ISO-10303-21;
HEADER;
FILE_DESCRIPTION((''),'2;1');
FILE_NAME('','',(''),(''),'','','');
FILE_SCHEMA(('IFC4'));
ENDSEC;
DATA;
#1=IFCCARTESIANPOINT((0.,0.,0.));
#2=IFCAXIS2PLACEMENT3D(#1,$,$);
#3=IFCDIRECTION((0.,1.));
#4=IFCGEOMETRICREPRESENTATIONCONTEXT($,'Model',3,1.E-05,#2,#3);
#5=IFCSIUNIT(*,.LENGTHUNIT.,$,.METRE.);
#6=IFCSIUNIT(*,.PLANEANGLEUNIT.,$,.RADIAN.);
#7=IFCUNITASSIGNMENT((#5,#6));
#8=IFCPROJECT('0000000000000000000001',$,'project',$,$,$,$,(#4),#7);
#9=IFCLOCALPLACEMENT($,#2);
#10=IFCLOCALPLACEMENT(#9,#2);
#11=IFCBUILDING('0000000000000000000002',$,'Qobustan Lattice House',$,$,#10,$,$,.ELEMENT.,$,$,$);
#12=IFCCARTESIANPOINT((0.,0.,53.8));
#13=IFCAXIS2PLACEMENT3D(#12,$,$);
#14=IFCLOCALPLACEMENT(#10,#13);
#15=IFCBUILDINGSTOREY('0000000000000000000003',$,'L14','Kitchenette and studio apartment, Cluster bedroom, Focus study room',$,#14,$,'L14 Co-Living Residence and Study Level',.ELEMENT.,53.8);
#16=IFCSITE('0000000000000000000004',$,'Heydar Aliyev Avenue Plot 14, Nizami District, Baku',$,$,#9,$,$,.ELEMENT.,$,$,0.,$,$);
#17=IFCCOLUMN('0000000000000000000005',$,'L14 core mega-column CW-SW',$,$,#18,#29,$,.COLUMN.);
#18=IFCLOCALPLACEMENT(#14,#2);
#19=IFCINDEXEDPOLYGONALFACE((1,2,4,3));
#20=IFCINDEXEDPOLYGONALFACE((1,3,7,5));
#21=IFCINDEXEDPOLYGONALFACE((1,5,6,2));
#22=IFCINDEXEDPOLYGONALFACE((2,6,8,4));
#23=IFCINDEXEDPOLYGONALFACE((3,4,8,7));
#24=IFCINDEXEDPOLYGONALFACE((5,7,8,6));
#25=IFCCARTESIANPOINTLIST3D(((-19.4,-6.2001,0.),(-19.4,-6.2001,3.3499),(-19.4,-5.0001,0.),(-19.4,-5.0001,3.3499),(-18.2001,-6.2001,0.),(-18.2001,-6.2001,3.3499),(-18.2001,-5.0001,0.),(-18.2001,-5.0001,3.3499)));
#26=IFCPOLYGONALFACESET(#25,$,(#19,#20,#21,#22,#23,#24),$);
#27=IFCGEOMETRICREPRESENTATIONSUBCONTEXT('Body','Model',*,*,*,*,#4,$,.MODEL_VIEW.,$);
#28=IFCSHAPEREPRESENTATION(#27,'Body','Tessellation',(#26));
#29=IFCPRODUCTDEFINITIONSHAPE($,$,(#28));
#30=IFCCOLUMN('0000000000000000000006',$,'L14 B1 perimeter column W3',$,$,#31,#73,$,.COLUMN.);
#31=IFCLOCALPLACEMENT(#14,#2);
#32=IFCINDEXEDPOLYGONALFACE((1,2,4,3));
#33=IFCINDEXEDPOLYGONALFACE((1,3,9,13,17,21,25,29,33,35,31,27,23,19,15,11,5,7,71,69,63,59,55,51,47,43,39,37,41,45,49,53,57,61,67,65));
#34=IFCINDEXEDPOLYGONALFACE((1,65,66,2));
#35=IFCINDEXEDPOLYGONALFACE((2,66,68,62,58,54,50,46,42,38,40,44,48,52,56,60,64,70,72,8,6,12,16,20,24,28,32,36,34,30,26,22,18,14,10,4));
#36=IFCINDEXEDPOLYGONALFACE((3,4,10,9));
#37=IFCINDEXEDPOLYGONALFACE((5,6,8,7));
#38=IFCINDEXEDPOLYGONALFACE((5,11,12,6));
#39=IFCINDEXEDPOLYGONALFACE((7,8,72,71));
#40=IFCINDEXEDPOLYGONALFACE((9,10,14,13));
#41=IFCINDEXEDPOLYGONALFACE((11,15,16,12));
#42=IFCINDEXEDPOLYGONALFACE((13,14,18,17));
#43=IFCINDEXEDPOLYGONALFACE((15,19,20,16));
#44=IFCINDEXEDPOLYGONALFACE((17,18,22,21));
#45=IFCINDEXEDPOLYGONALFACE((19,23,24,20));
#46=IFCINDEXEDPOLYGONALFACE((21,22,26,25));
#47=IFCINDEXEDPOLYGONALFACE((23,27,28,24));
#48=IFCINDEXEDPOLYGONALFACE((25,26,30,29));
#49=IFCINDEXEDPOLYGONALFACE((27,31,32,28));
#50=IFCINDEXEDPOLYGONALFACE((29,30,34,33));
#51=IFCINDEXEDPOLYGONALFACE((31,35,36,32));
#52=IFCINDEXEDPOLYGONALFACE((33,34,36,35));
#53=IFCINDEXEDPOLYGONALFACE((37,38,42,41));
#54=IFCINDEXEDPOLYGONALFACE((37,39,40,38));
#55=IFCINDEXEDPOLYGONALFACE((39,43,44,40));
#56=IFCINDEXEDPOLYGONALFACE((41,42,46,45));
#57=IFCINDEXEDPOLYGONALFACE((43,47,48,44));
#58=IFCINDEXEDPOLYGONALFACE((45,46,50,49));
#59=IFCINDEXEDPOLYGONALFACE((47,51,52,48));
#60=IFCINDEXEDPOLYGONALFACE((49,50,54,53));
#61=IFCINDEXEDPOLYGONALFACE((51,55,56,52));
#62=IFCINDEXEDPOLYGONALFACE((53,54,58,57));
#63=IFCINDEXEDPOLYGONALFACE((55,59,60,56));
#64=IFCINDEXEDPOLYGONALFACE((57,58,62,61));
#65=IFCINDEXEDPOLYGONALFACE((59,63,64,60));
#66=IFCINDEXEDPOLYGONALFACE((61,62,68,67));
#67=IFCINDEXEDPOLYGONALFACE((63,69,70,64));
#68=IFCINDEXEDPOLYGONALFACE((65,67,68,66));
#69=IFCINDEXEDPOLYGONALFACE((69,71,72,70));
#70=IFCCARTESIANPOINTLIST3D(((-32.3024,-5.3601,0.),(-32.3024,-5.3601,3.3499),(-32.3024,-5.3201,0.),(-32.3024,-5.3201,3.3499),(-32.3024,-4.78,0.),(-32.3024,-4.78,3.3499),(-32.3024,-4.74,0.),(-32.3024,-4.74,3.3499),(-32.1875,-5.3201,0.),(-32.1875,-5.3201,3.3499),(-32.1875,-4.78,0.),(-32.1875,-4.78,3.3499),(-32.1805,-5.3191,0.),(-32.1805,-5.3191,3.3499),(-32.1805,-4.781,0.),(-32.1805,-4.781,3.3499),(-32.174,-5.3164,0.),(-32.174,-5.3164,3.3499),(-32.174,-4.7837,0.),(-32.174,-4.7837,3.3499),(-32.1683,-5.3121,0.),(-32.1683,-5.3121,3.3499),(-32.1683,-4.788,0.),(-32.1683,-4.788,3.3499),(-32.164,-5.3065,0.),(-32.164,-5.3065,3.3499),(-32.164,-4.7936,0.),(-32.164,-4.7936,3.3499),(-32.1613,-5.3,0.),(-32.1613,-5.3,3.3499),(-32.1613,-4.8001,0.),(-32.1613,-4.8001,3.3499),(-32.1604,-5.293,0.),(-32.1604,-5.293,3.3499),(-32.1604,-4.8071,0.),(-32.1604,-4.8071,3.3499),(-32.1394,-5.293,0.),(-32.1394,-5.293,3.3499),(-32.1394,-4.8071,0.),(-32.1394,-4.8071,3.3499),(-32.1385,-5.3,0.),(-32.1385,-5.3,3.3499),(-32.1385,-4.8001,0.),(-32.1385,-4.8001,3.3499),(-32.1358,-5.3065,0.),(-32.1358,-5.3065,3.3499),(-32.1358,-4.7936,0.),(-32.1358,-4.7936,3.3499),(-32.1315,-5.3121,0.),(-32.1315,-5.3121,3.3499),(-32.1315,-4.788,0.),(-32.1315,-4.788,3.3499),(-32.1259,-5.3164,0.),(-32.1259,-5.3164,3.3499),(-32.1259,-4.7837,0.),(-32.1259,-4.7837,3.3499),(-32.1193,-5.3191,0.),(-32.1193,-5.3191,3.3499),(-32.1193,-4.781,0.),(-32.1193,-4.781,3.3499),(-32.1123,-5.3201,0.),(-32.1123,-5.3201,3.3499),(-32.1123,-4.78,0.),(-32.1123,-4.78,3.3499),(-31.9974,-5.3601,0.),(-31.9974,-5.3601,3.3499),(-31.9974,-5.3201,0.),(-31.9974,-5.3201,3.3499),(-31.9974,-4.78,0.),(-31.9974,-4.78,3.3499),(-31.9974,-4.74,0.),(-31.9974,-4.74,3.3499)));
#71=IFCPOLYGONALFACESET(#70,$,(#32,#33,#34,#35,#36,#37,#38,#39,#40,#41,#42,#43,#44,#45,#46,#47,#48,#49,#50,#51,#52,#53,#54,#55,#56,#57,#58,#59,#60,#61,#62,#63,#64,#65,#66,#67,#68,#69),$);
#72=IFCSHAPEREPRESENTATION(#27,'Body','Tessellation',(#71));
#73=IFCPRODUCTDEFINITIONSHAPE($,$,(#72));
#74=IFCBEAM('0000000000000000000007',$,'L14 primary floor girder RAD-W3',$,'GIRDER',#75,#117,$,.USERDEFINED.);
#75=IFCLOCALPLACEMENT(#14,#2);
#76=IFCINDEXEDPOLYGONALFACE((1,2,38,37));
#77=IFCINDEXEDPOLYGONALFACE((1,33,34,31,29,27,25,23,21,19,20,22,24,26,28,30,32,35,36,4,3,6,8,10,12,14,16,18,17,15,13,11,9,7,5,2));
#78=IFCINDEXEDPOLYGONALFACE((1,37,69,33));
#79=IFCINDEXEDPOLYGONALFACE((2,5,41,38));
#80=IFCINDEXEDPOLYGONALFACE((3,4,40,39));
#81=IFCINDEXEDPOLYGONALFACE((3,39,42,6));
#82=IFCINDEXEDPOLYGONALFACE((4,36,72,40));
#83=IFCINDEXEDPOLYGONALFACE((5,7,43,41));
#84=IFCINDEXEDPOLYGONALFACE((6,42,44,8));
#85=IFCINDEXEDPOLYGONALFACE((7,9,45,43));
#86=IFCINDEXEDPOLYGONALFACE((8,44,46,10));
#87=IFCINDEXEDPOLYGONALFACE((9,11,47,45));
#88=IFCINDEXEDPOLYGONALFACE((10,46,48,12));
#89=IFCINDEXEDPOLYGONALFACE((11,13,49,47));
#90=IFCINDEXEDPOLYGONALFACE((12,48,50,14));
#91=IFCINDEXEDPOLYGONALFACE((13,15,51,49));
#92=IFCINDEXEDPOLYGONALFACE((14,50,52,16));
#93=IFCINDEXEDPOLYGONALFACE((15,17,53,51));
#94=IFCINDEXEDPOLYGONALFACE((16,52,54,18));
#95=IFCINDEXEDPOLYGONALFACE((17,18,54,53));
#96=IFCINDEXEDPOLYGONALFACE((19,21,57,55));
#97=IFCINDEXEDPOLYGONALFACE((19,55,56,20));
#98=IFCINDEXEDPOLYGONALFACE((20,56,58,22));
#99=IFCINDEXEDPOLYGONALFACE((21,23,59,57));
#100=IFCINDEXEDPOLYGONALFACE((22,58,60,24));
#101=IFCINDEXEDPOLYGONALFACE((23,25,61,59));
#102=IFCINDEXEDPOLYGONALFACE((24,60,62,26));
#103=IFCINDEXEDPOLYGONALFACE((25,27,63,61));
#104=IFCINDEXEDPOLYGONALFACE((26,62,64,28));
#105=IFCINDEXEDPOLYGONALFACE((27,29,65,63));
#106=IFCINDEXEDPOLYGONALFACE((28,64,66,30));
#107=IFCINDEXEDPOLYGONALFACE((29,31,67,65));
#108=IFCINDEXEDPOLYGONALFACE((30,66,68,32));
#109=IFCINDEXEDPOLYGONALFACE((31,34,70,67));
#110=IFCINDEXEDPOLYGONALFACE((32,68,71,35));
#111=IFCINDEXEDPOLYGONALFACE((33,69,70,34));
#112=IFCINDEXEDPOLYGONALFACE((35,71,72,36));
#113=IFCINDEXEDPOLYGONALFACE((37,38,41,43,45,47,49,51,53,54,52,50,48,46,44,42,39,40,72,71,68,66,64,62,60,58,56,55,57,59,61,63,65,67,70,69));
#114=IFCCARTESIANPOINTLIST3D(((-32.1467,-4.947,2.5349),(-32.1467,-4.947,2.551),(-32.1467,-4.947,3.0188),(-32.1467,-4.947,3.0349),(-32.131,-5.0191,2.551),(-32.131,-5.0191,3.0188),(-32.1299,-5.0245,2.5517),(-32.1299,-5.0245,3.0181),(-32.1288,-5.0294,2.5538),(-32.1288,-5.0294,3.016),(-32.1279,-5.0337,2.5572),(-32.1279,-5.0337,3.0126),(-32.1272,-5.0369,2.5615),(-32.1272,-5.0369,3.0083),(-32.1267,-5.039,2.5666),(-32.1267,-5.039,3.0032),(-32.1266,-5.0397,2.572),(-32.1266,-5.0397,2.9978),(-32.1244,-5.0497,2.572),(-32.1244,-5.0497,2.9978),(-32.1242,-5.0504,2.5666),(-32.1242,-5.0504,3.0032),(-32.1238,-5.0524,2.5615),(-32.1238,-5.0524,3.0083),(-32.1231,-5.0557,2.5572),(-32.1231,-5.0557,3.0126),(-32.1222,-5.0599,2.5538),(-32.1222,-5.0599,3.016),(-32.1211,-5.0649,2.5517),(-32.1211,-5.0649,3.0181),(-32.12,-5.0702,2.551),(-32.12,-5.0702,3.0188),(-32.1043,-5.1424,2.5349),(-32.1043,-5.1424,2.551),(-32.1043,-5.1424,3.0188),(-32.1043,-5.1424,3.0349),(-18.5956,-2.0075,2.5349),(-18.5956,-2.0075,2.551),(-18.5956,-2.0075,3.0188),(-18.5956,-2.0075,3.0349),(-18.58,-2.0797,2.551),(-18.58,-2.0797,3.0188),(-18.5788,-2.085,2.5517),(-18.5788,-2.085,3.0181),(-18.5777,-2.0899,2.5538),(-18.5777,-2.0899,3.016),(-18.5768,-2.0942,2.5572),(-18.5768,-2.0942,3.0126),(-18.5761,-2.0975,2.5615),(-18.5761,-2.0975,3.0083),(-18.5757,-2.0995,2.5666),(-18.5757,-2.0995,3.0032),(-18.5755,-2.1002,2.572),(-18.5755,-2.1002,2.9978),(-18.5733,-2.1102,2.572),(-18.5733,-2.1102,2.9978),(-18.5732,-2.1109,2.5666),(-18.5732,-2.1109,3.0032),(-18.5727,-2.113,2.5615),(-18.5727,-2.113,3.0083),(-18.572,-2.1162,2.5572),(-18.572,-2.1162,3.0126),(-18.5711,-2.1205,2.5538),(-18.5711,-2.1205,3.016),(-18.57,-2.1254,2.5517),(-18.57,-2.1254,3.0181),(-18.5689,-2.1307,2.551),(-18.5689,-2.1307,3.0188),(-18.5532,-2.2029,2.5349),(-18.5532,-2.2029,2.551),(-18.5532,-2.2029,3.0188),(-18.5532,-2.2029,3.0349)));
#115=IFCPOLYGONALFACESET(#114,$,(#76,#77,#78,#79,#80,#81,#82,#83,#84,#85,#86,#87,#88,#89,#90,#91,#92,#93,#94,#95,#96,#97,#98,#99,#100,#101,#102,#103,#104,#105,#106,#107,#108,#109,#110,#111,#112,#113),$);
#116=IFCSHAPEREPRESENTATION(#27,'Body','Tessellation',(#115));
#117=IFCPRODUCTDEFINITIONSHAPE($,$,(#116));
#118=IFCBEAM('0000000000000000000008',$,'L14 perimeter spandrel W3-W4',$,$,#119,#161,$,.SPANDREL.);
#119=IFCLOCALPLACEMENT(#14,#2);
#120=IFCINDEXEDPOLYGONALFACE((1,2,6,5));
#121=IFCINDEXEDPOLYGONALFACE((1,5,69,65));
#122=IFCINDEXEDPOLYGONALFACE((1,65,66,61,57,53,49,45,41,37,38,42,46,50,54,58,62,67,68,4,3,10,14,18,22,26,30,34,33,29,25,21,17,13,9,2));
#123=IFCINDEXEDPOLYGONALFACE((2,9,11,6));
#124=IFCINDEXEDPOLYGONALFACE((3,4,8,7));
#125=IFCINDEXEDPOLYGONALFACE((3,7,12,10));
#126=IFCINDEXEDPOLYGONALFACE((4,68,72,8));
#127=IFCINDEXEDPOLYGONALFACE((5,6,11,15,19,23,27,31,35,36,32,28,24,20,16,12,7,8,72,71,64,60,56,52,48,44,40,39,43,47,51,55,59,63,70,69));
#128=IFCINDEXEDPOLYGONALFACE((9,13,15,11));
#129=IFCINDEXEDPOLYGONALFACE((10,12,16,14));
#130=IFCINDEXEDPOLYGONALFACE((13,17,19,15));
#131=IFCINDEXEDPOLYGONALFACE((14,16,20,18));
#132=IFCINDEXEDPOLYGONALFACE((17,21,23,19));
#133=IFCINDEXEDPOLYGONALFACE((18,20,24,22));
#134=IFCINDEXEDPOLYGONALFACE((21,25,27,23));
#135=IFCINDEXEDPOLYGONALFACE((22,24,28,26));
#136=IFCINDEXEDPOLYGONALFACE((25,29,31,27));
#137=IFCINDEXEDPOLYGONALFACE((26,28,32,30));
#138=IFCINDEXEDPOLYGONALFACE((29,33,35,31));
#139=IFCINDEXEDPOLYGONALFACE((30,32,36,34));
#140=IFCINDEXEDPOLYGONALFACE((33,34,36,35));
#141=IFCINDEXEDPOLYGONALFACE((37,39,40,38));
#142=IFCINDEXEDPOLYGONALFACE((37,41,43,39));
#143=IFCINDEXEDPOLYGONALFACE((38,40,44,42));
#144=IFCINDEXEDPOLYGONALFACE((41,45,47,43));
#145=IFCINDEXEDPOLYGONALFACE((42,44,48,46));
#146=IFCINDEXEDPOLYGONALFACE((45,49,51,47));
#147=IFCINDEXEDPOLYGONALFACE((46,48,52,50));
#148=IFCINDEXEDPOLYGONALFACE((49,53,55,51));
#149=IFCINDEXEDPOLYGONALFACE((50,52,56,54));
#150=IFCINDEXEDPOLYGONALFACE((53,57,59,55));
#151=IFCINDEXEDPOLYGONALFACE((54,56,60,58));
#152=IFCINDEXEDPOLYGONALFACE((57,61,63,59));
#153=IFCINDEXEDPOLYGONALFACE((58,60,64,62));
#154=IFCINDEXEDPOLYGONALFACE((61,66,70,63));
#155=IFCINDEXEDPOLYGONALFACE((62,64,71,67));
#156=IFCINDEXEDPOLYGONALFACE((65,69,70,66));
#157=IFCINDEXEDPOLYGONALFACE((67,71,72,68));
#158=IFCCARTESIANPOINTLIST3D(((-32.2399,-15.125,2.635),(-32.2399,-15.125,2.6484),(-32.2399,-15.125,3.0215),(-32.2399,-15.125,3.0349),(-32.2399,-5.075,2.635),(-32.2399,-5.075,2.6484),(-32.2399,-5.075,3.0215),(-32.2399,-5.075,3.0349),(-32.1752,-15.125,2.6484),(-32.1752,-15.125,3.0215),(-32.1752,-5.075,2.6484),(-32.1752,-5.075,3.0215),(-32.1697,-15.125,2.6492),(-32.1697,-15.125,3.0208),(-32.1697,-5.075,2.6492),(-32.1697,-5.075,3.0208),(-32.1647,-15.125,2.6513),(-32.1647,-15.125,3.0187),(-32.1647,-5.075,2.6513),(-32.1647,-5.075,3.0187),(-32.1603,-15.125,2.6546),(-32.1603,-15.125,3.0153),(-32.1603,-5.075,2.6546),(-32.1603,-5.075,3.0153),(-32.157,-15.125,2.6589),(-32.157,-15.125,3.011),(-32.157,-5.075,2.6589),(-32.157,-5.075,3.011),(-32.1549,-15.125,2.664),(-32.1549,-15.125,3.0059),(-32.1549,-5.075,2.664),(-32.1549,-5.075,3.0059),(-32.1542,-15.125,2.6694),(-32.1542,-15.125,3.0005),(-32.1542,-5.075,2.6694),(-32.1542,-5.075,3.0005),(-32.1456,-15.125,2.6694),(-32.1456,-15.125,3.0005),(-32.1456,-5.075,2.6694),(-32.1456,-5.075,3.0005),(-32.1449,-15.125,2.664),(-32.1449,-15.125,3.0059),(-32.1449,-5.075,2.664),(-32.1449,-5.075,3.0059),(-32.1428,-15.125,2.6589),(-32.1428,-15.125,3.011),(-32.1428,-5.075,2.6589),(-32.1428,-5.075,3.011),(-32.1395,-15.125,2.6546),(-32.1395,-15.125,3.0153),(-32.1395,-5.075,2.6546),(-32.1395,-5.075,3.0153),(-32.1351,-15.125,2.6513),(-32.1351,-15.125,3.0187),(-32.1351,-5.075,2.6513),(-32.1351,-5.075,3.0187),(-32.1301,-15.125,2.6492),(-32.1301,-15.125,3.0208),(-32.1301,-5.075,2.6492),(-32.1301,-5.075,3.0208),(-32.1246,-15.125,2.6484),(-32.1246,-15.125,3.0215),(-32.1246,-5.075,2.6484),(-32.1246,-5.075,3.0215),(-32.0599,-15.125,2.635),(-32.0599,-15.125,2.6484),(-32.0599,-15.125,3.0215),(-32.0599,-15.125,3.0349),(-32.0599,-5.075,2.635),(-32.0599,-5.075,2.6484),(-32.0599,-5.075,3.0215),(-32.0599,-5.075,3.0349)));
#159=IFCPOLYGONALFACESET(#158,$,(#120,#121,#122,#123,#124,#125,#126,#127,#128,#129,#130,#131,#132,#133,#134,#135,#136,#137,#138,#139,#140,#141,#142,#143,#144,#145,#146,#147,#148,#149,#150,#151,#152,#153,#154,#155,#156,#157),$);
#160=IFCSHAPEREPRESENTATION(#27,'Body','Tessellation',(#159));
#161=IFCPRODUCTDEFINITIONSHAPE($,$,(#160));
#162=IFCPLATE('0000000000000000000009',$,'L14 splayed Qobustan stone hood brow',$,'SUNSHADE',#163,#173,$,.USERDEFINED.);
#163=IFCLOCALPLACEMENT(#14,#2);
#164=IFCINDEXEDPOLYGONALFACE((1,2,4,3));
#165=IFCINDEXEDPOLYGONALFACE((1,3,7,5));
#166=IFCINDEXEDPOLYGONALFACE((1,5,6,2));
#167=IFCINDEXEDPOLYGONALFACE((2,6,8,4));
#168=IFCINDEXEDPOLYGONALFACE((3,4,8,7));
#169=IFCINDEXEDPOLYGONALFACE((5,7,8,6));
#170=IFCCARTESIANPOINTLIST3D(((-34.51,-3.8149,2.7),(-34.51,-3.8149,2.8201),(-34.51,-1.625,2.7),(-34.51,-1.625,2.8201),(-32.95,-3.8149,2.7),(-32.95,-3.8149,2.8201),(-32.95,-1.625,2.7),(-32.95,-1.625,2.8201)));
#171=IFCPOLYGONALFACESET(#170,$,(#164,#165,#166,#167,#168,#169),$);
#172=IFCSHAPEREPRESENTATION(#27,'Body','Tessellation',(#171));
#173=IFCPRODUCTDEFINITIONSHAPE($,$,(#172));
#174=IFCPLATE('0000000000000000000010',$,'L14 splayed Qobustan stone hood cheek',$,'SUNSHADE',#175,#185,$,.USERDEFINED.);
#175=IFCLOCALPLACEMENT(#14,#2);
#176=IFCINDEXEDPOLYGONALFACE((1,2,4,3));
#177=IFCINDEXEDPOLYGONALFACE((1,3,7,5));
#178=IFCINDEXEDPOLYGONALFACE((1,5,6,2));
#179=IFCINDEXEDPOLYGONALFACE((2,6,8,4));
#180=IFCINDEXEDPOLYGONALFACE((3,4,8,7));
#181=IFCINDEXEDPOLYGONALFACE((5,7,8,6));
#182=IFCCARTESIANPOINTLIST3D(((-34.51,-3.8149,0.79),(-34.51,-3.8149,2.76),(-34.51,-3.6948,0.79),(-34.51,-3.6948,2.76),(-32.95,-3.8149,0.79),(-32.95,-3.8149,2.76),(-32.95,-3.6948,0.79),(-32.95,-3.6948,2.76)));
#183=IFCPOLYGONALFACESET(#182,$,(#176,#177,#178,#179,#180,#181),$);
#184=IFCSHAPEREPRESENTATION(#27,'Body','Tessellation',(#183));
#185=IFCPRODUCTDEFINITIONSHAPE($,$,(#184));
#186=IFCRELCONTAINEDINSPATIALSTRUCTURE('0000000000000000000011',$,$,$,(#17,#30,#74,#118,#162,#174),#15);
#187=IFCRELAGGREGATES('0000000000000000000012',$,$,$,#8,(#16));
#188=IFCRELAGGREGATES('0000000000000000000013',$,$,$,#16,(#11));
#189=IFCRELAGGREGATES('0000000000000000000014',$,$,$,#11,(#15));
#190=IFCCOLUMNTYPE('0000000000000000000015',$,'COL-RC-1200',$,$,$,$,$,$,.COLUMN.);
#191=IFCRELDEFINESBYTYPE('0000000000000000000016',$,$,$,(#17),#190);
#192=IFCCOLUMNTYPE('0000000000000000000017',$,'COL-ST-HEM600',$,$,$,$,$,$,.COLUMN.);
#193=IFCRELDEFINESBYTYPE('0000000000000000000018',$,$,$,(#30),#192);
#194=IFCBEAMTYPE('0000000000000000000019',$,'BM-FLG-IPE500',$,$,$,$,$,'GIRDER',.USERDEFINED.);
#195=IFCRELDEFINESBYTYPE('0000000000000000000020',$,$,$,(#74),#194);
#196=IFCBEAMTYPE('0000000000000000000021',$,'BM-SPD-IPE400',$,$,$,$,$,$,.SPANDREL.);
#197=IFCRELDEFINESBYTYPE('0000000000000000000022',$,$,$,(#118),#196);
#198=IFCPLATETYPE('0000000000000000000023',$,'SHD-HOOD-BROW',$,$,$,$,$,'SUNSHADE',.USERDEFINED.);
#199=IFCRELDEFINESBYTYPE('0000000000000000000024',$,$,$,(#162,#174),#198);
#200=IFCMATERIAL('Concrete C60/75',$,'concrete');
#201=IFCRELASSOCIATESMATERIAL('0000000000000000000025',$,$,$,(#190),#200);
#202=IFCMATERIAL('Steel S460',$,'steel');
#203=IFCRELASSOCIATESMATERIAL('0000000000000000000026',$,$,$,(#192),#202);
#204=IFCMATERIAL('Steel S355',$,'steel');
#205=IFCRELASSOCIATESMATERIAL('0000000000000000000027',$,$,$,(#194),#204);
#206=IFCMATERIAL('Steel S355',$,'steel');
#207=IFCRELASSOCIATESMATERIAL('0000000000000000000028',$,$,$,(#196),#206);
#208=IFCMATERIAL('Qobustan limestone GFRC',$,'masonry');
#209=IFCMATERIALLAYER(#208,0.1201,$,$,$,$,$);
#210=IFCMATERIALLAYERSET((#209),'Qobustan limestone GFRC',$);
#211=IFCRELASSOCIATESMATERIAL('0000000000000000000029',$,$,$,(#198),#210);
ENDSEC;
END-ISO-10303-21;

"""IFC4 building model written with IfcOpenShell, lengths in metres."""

from ifc_helpers import new_model, si_unit, direction, frame, origin, origin_2d, place, context, subcontext, project, spatial, rectangle, i_section, extrude, material, layer, layer_set, material_profile, profile_set, type_object, element, save


model = new_model("IFC4")

# Units and contexts
model_context = context("Model", 3, precision=1e-05, world=origin(), true_north=direction((0.0, 1.0)))
body_context = subcontext(model_context, "Body", "Model", "MODEL_VIEW")
ifc_project = project(units=[si_unit("LENGTHUNIT", "METRE"), si_unit("PLANEANGLEUNIT", "RADIAN")], contexts=[model_context])

# Site, building, storey
site_placement = place(None, origin())
site = spatial("IfcSite", under=ifc_project, at=site_placement, Name="Heydar Aliyev Avenue Plot 14, Nizami District, Baku", CompositionType="ELEMENT", RefElevation=0.0)
building_placement = place(site_placement, origin())
building = spatial("IfcBuilding", under=site, at=building_placement, Name="Qobustan Lattice House", CompositionType="ELEMENT")
storey_placement = place(building_placement, frame((0.0, 0.0, 53.8)))
storey = spatial("IfcBuildingStorey", under=building, at=storey_placement, Name="L14", Description="Kitchenette and studio apartment, Cluster bedroom, Focus study room", LongName="L14 Co-Living Residence and Study Level", CompositionType="ELEMENT", Elevation=53.8)

# Columns
ifc_material_1 = material(Name="Concrete C60/75", Category="concrete")
ifc_material_profile_1 = material_profile(ifc_material_1, rectangle(XDim=1.2, YDim=1.2, at=origin_2d()), Name="RC1200x1200")
ifc_profile_set_1 = profile_set([ifc_material_profile_1], Name="Concrete C60/75")
column_type_1 = type_object("IfcColumnType", Name="COL-RC-1200", PredefinedType="COLUMN", material=ifc_profile_set_1)
column_1_placement = place(storey_placement, frame((-18.8, -5.6001, 0.0), z_axis=(0.0, 0.0, 1.0), x_axis=(1.0, 0.0, 0.0)))
element("IfcColumn", 1, at=column_1_placement, inside=storey, type_object=column_type_1, Name="L14 core mega-column CW-SW", PredefinedType="COLUMN", context=body_context, shape_type="SweptSolid", body=[
    extrude(rectangle(XDim=1.2, YDim=1.2, at=origin_2d()), origin(), (0.0, 0.0, 1.0), 3.3499),
])
ifc_material_2 = material(Name="Steel S460", Category="steel")
ifc_material_profile_2 = material_profile(ifc_material_2, i_section(OverallWidth=0.3049, OverallDepth=0.6201, WebThickness=0.021, FlangeThickness=0.04, FilletRadius=0.0271, at=origin_2d()), Name="HEM600")
ifc_profile_set_2 = profile_set([ifc_material_profile_2], Name="Steel S460")
column_type_2 = type_object("IfcColumnType", Name="COL-ST-HEM600", PredefinedType="COLUMN", material=ifc_profile_set_2)
column_2_placement = place(storey_placement, frame((-32.1499, -5.05, 0.0), z_axis=(0.0, 0.0, 1.0), x_axis=(1.0, 0.0, 0.0)))
element("IfcColumn", 2, at=column_2_placement, inside=storey, type_object=column_type_2, Name="L14 B1 perimeter column W3", PredefinedType="COLUMN", context=body_context, shape_type="SweptSolid", body=[
    extrude(i_section(OverallWidth=0.3049, OverallDepth=0.6201, WebThickness=0.021, FlangeThickness=0.04, FilletRadius=0.0271, at=origin_2d()), origin(), (0.0, 0.0, 1.0), 3.3499),
])

# Beams
ifc_material_3 = material(Name="Steel S355", Category="steel")
ifc_material_profile_3 = material_profile(ifc_material_3, i_section(OverallWidth=0.2, OverallDepth=0.5, WebThickness=0.0103, FlangeThickness=0.0161, FilletRadius=0.021, at=origin_2d()), Name="IPE500")
ifc_profile_set_3 = profile_set([ifc_material_profile_3], Name="Steel S355")
beam_type_1 = type_object("IfcBeamType", Name="BM-FLG-IPE500", ElementType="GIRDER", PredefinedType="USERDEFINED", material=ifc_profile_set_3)
beam_1_placement = place(storey_placement, frame((-32.1255, -5.0447, 2.7849), z_axis=(0.977272, 0.211987, 0.0), x_axis=(-0.211987, 0.977272, 0.0)))
element("IfcBeam", 3, at=beam_1_placement, inside=storey, type_object=beam_type_1, Name="L14 primary floor girder RAD-W3", ObjectType="GIRDER", PredefinedType="USERDEFINED", context=body_context, shape_type="SweptSolid", body=[
    extrude(i_section(OverallWidth=0.2, OverallDepth=0.5, WebThickness=0.0103, FlangeThickness=0.0161, FilletRadius=0.021, at=origin_2d()), origin(), (0.0, 0.0, 1.0), 13.8662),
])
ifc_material_4 = material(Name="Steel S355", Category="steel")
ifc_material_profile_4 = material_profile(ifc_material_4, i_section(OverallWidth=0.1799, OverallDepth=0.3999, WebThickness=0.0085, FlangeThickness=0.0134, FilletRadius=0.021, at=origin_2d()), Name="IPE400")
ifc_profile_set_4 = profile_set([ifc_material_profile_4], Name="Steel S355")
beam_type_2 = type_object("IfcBeamType", Name="BM-SPD-IPE400", PredefinedType="SPANDREL", material=ifc_profile_set_4)
beam_2_placement = place(storey_placement, frame((-32.1499, -5.075, 2.835), z_axis=(0.0, -1.0, 0.0), x_axis=(1.0, 0.0, 0.0)))
element("IfcBeam", 4, at=beam_2_placement, inside=storey, type_object=beam_type_2, Name="L14 perimeter spandrel W3-W4", PredefinedType="SPANDREL", context=body_context, shape_type="SweptSolid", body=[
    extrude(i_section(OverallWidth=0.1799, OverallDepth=0.3999, WebThickness=0.0085, FlangeThickness=0.0134, FilletRadius=0.021, at=origin_2d()), origin(), (0.0, 0.0, 1.0), 10.05),
])

# Plates
ifc_material_5 = material(Name="Qobustan limestone GFRC", Category="masonry")
ifc_layer_1 = layer(ifc_material_5, 0.1201)
ifc_layer_set_1 = layer_set([ifc_layer_1], Name="Qobustan limestone GFRC")
plate_type = type_object("IfcPlateType", Name="SHD-HOOD-BROW", ElementType="SUNSHADE", PredefinedType="USERDEFINED", material=ifc_layer_set_1)
plate_1_placement = place(storey_placement, frame((-33.73, -2.72, 2.7), z_axis=(0.0, 0.0, 1.0), x_axis=(0.0, 1.0, 0.0)))
element("IfcPlate", 5, at=plate_1_placement, inside=storey, type_object=plate_type, Name="L14 splayed Qobustan stone hood brow", ObjectType="SUNSHADE", PredefinedType="USERDEFINED", context=body_context, shape_type="SweptSolid", body=[
    extrude(rectangle(XDim=2.1899, YDim=1.5601, at=origin_2d()), origin(), (0.0, 0.0, 1.0), 0.1201),
])
plate_2_placement = place(storey_placement, frame((-33.73, -3.7549, 0.79), z_axis=(0.0, 0.0, 1.0), x_axis=(0.0, 1.0, 0.0)))
element("IfcPlate", 6, at=plate_2_placement, inside=storey, type_object=plate_type, Name="L14 splayed Qobustan stone hood cheek", ObjectType="SUNSHADE", PredefinedType="USERDEFINED", context=body_context, shape_type="SweptSolid", body=[
    extrude(rectangle(XDim=0.1201, YDim=1.5601, at=origin_2d()), origin(), (0.0, 0.0, 1.0), 1.97),
])

save(model, "model.ifc")
